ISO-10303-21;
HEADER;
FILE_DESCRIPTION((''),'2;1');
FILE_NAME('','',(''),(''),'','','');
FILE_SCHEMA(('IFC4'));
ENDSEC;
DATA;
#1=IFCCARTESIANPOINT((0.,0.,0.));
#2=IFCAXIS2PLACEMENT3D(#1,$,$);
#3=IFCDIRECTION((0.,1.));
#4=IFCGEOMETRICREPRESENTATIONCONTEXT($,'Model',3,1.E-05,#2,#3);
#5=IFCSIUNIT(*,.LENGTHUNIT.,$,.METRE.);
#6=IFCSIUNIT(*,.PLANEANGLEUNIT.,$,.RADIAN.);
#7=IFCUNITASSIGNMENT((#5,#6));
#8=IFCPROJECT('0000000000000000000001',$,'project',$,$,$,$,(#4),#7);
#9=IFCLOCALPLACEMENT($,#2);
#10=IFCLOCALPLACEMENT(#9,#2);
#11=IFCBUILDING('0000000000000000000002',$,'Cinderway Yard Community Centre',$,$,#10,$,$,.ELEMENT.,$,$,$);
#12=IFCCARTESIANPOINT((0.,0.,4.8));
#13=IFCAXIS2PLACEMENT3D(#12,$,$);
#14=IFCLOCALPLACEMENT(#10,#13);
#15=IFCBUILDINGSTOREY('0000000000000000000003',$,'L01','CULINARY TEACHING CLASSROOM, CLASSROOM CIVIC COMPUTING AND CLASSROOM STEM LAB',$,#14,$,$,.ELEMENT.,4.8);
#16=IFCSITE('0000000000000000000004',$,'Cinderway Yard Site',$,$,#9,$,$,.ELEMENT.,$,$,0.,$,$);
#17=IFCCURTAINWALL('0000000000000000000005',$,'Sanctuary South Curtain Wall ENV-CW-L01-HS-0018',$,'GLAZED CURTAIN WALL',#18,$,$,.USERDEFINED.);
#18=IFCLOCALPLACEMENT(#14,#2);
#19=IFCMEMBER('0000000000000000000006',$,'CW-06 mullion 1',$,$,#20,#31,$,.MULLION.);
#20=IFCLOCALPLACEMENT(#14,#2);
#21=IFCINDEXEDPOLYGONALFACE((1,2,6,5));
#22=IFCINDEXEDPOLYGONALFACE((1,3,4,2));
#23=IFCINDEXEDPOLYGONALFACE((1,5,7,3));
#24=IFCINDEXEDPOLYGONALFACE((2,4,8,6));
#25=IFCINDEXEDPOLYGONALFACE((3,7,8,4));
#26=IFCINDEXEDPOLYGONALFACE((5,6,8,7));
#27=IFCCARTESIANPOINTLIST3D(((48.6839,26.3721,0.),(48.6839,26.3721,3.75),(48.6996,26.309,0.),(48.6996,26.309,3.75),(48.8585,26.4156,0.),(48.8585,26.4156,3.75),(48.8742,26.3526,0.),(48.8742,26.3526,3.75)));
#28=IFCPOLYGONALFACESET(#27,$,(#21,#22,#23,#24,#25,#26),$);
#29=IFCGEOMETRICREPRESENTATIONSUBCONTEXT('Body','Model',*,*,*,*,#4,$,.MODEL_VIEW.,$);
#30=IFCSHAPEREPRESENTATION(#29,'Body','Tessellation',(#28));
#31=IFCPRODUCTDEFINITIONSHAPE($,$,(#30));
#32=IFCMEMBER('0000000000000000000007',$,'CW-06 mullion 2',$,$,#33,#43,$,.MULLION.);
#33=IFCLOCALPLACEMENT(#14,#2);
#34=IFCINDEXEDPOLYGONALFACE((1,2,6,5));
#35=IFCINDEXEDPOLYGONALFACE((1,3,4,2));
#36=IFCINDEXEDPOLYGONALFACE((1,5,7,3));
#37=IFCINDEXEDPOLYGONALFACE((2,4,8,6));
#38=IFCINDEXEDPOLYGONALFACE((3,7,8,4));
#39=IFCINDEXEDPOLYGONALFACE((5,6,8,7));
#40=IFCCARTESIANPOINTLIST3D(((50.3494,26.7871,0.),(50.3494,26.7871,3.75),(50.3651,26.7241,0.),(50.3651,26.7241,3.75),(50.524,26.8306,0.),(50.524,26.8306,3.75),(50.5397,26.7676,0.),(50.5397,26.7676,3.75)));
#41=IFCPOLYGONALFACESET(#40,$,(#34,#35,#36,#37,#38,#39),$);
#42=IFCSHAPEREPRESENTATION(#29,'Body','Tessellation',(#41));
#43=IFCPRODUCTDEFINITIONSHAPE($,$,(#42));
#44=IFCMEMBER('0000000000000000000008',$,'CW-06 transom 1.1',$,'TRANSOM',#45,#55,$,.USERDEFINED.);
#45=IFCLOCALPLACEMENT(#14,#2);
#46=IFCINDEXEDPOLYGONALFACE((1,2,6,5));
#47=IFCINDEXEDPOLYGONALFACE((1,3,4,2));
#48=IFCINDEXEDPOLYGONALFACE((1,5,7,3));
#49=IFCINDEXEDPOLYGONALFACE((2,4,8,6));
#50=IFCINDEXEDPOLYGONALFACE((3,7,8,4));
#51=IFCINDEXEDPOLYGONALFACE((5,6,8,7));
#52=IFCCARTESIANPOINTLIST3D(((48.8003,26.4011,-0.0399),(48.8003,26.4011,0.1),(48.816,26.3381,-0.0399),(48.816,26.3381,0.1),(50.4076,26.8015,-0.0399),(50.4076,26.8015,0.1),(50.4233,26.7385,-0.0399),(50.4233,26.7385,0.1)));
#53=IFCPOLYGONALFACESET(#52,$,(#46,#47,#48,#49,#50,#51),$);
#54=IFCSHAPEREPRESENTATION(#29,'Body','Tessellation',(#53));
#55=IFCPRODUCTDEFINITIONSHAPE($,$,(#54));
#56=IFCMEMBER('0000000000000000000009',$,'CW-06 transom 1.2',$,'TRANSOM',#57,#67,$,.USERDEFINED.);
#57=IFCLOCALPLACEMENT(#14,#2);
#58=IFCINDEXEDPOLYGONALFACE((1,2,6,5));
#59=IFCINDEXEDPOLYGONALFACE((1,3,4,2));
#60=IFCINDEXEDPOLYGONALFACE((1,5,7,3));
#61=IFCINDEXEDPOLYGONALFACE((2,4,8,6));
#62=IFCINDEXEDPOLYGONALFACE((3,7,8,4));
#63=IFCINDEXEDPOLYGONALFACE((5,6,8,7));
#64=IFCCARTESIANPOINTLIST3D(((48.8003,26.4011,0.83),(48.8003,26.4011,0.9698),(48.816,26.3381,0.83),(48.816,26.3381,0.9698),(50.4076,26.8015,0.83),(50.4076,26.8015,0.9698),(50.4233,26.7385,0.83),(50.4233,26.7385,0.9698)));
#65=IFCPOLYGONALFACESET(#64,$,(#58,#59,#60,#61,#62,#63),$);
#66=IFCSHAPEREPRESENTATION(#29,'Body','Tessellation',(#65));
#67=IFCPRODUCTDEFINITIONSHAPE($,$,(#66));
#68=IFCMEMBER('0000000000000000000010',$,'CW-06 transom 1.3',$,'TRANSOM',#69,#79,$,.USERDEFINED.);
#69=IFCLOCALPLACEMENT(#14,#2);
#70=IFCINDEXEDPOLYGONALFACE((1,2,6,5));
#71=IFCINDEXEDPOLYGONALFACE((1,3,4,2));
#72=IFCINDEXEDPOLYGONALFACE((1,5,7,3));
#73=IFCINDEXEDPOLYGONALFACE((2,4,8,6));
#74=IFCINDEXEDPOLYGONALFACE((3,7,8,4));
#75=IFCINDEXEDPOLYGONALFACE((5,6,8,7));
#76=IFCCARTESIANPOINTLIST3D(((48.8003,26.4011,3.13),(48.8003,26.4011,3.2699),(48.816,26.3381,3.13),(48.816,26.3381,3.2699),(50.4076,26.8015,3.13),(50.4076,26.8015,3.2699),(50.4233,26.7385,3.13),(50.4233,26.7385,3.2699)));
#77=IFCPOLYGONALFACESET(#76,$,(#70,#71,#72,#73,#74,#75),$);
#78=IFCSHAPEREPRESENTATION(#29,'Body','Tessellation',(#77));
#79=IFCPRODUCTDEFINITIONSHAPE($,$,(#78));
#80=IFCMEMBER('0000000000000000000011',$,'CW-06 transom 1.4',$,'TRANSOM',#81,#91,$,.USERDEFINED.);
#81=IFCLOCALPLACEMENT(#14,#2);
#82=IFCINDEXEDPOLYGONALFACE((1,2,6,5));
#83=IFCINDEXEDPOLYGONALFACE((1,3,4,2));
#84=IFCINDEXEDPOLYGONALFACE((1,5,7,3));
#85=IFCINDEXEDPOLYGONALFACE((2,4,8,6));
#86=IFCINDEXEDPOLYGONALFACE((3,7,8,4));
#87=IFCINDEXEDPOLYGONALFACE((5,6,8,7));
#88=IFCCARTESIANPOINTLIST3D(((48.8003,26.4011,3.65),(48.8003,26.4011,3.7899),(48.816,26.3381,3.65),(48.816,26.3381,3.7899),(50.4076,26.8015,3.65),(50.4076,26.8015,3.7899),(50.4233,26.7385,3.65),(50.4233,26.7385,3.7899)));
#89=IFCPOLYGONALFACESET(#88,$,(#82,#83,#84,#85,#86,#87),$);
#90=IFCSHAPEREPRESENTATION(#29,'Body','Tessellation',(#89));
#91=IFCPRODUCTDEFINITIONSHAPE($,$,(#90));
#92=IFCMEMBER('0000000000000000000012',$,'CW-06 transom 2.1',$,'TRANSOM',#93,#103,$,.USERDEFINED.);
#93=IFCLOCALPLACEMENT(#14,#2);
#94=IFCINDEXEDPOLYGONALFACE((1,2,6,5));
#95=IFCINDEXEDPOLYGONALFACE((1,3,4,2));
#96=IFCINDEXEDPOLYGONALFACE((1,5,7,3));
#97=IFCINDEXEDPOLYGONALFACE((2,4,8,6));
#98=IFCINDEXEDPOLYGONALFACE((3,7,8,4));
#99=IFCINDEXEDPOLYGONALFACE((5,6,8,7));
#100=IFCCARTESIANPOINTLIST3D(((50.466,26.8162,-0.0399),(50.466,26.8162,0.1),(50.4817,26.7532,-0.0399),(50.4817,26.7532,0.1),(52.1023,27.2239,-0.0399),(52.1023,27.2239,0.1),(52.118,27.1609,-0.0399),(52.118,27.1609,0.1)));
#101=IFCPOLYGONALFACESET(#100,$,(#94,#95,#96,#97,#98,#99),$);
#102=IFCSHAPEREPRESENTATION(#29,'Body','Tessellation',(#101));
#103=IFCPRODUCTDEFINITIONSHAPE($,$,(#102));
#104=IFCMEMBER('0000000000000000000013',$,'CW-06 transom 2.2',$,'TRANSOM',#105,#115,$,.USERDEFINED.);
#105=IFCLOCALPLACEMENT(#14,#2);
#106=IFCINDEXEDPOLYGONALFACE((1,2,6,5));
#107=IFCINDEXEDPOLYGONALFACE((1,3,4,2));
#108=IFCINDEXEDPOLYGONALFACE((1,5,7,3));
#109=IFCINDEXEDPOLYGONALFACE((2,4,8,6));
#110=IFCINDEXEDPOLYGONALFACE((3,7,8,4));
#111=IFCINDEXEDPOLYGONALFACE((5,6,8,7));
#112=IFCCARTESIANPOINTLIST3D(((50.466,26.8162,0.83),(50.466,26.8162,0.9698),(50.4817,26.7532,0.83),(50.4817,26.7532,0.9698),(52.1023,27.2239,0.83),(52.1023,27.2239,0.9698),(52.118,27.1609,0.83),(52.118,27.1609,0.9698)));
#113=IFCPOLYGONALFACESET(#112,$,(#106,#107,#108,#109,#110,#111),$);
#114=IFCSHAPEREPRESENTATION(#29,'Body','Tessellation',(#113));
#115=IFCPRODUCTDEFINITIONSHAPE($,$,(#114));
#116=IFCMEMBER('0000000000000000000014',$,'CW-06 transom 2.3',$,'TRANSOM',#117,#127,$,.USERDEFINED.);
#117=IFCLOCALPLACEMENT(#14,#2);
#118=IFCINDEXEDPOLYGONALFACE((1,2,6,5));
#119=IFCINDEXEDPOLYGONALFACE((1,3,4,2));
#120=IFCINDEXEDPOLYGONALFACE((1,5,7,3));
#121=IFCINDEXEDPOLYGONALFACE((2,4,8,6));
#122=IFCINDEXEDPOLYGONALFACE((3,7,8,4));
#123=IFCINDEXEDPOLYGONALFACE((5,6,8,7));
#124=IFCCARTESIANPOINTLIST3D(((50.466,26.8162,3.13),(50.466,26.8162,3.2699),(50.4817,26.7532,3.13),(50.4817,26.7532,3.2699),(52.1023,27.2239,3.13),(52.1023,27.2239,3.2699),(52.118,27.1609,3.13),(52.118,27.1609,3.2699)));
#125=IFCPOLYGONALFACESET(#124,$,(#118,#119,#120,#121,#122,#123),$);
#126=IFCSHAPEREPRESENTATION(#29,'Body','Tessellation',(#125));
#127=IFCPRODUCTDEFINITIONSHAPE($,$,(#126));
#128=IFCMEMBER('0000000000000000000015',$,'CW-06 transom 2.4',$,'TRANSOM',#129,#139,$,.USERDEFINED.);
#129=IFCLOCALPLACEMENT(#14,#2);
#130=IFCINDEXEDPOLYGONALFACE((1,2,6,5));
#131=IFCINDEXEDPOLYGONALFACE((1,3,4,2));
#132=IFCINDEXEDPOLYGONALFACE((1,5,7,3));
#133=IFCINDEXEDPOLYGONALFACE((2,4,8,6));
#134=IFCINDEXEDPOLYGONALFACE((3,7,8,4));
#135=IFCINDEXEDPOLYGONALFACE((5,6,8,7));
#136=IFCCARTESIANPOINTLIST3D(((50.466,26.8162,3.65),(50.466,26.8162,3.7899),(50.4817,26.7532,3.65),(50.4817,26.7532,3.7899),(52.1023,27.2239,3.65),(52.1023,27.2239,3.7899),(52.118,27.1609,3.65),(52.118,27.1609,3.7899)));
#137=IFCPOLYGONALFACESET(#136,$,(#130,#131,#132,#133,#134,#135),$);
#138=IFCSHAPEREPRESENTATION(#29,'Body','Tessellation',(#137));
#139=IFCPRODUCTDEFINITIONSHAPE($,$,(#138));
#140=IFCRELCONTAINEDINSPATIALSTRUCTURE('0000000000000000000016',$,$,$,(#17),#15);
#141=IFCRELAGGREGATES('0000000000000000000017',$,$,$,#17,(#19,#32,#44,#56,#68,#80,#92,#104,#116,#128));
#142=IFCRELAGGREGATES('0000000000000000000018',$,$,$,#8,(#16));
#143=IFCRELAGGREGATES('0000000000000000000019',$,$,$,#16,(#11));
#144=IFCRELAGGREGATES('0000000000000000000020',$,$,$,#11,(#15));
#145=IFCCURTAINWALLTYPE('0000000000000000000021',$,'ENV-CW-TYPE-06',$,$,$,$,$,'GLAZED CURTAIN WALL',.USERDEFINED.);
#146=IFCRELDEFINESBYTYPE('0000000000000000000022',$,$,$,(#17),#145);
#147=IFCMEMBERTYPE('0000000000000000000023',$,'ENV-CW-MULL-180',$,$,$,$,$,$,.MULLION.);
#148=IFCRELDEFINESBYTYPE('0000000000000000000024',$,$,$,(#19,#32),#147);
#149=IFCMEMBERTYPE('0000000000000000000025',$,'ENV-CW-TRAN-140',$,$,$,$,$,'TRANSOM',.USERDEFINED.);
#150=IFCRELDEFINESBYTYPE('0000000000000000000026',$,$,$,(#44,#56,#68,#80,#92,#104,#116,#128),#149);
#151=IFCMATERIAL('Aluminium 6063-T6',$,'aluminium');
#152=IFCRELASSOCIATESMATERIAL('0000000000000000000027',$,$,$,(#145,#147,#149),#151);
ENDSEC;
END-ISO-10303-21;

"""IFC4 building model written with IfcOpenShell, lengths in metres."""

from ifc_helpers import new_model, si_unit, direction, frame, origin, origin_2d, place, context, subcontext, project, spatial, rectangle, extrude, material, material_profile, profile_set, type_object, element, aggregate, save


model = new_model("IFC4")

# Units and contexts
model_context = context("Model", 3, precision=1e-05, world=origin(), true_north=direction((0.0, 1.0)))
body_context = subcontext(model_context, "Body", "Model", "MODEL_VIEW")
ifc_project = project(units=[si_unit("LENGTHUNIT", "METRE"), si_unit("PLANEANGLEUNIT", "RADIAN")], contexts=[model_context])

# Site, building, storey
site_placement = place(None, origin())
site = spatial("IfcSite", under=ifc_project, at=site_placement, Name="Cinderway Yard Site", CompositionType="ELEMENT", RefElevation=0.0)
building_placement = place(site_placement, origin())
building = spatial("IfcBuilding", under=site, at=building_placement, Name="Cinderway Yard Community Centre", CompositionType="ELEMENT")
storey_placement = place(building_placement, frame((0.0, 0.0, 4.8)))
storey = spatial("IfcBuildingStorey", under=building, at=storey_placement, Name="L01", Description="CULINARY TEACHING CLASSROOM, CLASSROOM CIVIC COMPUTING AND CLASSROOM STEM LAB", CompositionType="ELEMENT", Elevation=4.8)

# Curtain wall, members
ifc_material_1 = material(Name="Aluminium 6063-T6", Category="aluminium")
curtain_wall_type = type_object("IfcCurtainWallType", Name="ENV-CW-TYPE-06", ElementType="GLAZED CURTAIN WALL", PredefinedType="USERDEFINED", material=ifc_material_1)
curtain_wall_placement = place(storey_placement, origin())
curtain_wall = element("IfcCurtainWall", 1, at=curtain_wall_placement, inside=storey, type_object=curtain_wall_type, Name="Sanctuary South Curtain Wall ENV-CW-L01-HS-0018", ObjectType="GLAZED CURTAIN WALL", PredefinedType="USERDEFINED")
ifc_material_profile_1 = material_profile(ifc_material_1, rectangle(XDim=0.0649, YDim=0.1799, at=origin_2d()), Name="Aluminium 6063-T6")
ifc_profile_set_1 = profile_set([ifc_material_profile_1], Name="Aluminium 6063-T6")
member_type_1 = type_object("IfcMemberType", Name="ENV-CW-MULL-180", PredefinedType="MULLION", material=ifc_profile_set_1)
member_1_placement = place(storey_placement, frame((48.7791, 26.3623, 0.0), z_axis=(0.0, 0.0, 1.0), x_axis=(-0.241817, 0.970322, 0.0)))
member_1 = element("IfcMember", 2, at=member_1_placement, type_object=member_type_1, Name="CW-06 mullion 1", PredefinedType="MULLION", context=body_context, shape_type="SweptSolid", body=[
    extrude(rectangle(XDim=0.0649, YDim=0.1799, at=origin_2d()), origin(), (0.0, 0.0, 1.0), 3.75),
])
member_2_placement = place(storey_placement, frame((50.4446, 26.7773, 0.0), z_axis=(0.0, 0.0, 1.0), x_axis=(-0.241817, 0.970322, 0.0)))
member_2 = element("IfcMember", 3, at=member_2_placement, type_object=member_type_1, Name="CW-06 mullion 2", PredefinedType="MULLION", context=body_context, shape_type="SweptSolid", body=[
    extrude(rectangle(XDim=0.0649, YDim=0.1799, at=origin_2d()), origin(), (0.0, 0.0, 1.0), 3.75),
])
ifc_material_profile_2 = material_profile(ifc_material_1, rectangle(XDim=0.0649, YDim=0.1399, at=origin_2d()), Name="Aluminium 6063-T6")
ifc_profile_set_2 = profile_set([ifc_material_profile_2], Name="Aluminium 6063-T6")
member_type_2 = type_object("IfcMemberType", Name="ENV-CW-TRAN-140", ElementType="TRANSOM", PredefinedType="USERDEFINED", material=ifc_profile_set_2)
member_3_placement = place(storey_placement, frame((48.8081, 26.3696, 0.03), z_axis=(0.97035, 0.241703, 0.0), x_axis=(-0.241703, 0.97035, 0.0)))
member_3 = element("IfcMember", 4, at=member_3_placement, type_object=member_type_2, Name="CW-06 transom 1.1", ObjectType="TRANSOM", PredefinedType="USERDEFINED", context=body_context, shape_type="SweptSolid", body=[
    extrude(rectangle(XDim=0.0649, YDim=0.1399, at=origin_2d()), origin(), (0.0, 0.0, 1.0), 1.6565),
])
member_4_placement = place(storey_placement, frame((48.8081, 26.3696, 0.8999), z_axis=(0.97035, 0.241703, 0.0), x_axis=(-0.241703, 0.97035, 0.0)))
member_4 = element("IfcMember", 5, at=member_4_placement, type_object=member_type_2, Name="CW-06 transom 1.2", ObjectType="TRANSOM", PredefinedType="USERDEFINED", context=body_context, shape_type="SweptSolid", body=[
    extrude(rectangle(XDim=0.0649, YDim=0.1399, at=origin_2d()), origin(), (0.0, 0.0, 1.0), 1.6565),
])
member_5_placement = place(storey_placement, frame((48.8081, 26.3696, 3.2), z_axis=(0.97035, 0.241703, 0.0), x_axis=(-0.241703, 0.97035, 0.0)))
member_5 = element("IfcMember", 6, at=member_5_placement, type_object=member_type_2, Name="CW-06 transom 1.3", ObjectType="TRANSOM", PredefinedType="USERDEFINED", context=body_context, shape_type="SweptSolid", body=[
    extrude(rectangle(XDim=0.0649, YDim=0.1399, at=origin_2d()), origin(), (0.0, 0.0, 1.0), 1.6565),
])
member_6_placement = place(storey_placement, frame((48.8081, 26.3696, 3.72), z_axis=(0.97035, 0.241703, 0.0), x_axis=(-0.241703, 0.97035, 0.0)))
member_6 = element("IfcMember", 7, at=member_6_placement, type_object=member_type_2, Name="CW-06 transom 1.4", ObjectType="TRANSOM", PredefinedType="USERDEFINED", context=body_context, shape_type="SweptSolid", body=[
    extrude(rectangle(XDim=0.0649, YDim=0.1399, at=origin_2d()), origin(), (0.0, 0.0, 1.0), 1.6565),
])
member_7_placement = place(storey_placement, frame((50.4739, 26.7847, 0.03), z_axis=(0.97033, 0.241786, 0.0), x_axis=(-0.241786, 0.97033, 0.0)))
member_7 = element("IfcMember", 8, at=member_7_placement, type_object=member_type_2, Name="CW-06 transom 2.1", ObjectType="TRANSOM", PredefinedType="USERDEFINED", context=body_context, shape_type="SweptSolid", body=[
    extrude(rectangle(XDim=0.0649, YDim=0.1399, at=origin_2d()), origin(), (0.0, 0.0, 1.0), 1.6863),
])
member_8_placement = place(storey_placement, frame((50.4739, 26.7847, 0.8999), z_axis=(0.97033, 0.241786, 0.0), x_axis=(-0.241786, 0.97033, 0.0)))
member_8 = element("IfcMember", 9, at=member_8_placement, type_object=member_type_2, Name="CW-06 transom 2.2", ObjectType="TRANSOM", PredefinedType="USERDEFINED", context=body_context, shape_type="SweptSolid", body=[
    extrude(rectangle(XDim=0.0649, YDim=0.1399, at=origin_2d()), origin(), (0.0, 0.0, 1.0), 1.6863),
])
member_9_placement = place(storey_placement, frame((50.4739, 26.7847, 3.2), z_axis=(0.97033, 0.241786, 0.0), x_axis=(-0.241786, 0.97033, 0.0)))
member_9 = element("IfcMember", 10, at=member_9_placement, type_object=member_type_2, Name="CW-06 transom 2.3", ObjectType="TRANSOM", PredefinedType="USERDEFINED", context=body_context, shape_type="SweptSolid", body=[
    extrude(rectangle(XDim=0.0649, YDim=0.1399, at=origin_2d()), origin(), (0.0, 0.0, 1.0), 1.6863),
])
member_10_placement = place(storey_placement, frame((50.4739, 26.7847, 3.72), z_axis=(0.97033, 0.241786, 0.0), x_axis=(-0.241786, 0.97033, 0.0)))
member_10 = element("IfcMember", 11, at=member_10_placement, type_object=member_type_2, Name="CW-06 transom 2.4", ObjectType="TRANSOM", PredefinedType="USERDEFINED", context=body_context, shape_type="SweptSolid", body=[
    extrude(rectangle(XDim=0.0649, YDim=0.1399, at=origin_2d()), origin(), (0.0, 0.0, 1.0), 1.6863),
])

aggregate(curtain_wall, [member_1, member_2, member_3, member_4, member_5, member_6, member_7, member_8, member_9, member_10])

save(model, "model.ifc")
